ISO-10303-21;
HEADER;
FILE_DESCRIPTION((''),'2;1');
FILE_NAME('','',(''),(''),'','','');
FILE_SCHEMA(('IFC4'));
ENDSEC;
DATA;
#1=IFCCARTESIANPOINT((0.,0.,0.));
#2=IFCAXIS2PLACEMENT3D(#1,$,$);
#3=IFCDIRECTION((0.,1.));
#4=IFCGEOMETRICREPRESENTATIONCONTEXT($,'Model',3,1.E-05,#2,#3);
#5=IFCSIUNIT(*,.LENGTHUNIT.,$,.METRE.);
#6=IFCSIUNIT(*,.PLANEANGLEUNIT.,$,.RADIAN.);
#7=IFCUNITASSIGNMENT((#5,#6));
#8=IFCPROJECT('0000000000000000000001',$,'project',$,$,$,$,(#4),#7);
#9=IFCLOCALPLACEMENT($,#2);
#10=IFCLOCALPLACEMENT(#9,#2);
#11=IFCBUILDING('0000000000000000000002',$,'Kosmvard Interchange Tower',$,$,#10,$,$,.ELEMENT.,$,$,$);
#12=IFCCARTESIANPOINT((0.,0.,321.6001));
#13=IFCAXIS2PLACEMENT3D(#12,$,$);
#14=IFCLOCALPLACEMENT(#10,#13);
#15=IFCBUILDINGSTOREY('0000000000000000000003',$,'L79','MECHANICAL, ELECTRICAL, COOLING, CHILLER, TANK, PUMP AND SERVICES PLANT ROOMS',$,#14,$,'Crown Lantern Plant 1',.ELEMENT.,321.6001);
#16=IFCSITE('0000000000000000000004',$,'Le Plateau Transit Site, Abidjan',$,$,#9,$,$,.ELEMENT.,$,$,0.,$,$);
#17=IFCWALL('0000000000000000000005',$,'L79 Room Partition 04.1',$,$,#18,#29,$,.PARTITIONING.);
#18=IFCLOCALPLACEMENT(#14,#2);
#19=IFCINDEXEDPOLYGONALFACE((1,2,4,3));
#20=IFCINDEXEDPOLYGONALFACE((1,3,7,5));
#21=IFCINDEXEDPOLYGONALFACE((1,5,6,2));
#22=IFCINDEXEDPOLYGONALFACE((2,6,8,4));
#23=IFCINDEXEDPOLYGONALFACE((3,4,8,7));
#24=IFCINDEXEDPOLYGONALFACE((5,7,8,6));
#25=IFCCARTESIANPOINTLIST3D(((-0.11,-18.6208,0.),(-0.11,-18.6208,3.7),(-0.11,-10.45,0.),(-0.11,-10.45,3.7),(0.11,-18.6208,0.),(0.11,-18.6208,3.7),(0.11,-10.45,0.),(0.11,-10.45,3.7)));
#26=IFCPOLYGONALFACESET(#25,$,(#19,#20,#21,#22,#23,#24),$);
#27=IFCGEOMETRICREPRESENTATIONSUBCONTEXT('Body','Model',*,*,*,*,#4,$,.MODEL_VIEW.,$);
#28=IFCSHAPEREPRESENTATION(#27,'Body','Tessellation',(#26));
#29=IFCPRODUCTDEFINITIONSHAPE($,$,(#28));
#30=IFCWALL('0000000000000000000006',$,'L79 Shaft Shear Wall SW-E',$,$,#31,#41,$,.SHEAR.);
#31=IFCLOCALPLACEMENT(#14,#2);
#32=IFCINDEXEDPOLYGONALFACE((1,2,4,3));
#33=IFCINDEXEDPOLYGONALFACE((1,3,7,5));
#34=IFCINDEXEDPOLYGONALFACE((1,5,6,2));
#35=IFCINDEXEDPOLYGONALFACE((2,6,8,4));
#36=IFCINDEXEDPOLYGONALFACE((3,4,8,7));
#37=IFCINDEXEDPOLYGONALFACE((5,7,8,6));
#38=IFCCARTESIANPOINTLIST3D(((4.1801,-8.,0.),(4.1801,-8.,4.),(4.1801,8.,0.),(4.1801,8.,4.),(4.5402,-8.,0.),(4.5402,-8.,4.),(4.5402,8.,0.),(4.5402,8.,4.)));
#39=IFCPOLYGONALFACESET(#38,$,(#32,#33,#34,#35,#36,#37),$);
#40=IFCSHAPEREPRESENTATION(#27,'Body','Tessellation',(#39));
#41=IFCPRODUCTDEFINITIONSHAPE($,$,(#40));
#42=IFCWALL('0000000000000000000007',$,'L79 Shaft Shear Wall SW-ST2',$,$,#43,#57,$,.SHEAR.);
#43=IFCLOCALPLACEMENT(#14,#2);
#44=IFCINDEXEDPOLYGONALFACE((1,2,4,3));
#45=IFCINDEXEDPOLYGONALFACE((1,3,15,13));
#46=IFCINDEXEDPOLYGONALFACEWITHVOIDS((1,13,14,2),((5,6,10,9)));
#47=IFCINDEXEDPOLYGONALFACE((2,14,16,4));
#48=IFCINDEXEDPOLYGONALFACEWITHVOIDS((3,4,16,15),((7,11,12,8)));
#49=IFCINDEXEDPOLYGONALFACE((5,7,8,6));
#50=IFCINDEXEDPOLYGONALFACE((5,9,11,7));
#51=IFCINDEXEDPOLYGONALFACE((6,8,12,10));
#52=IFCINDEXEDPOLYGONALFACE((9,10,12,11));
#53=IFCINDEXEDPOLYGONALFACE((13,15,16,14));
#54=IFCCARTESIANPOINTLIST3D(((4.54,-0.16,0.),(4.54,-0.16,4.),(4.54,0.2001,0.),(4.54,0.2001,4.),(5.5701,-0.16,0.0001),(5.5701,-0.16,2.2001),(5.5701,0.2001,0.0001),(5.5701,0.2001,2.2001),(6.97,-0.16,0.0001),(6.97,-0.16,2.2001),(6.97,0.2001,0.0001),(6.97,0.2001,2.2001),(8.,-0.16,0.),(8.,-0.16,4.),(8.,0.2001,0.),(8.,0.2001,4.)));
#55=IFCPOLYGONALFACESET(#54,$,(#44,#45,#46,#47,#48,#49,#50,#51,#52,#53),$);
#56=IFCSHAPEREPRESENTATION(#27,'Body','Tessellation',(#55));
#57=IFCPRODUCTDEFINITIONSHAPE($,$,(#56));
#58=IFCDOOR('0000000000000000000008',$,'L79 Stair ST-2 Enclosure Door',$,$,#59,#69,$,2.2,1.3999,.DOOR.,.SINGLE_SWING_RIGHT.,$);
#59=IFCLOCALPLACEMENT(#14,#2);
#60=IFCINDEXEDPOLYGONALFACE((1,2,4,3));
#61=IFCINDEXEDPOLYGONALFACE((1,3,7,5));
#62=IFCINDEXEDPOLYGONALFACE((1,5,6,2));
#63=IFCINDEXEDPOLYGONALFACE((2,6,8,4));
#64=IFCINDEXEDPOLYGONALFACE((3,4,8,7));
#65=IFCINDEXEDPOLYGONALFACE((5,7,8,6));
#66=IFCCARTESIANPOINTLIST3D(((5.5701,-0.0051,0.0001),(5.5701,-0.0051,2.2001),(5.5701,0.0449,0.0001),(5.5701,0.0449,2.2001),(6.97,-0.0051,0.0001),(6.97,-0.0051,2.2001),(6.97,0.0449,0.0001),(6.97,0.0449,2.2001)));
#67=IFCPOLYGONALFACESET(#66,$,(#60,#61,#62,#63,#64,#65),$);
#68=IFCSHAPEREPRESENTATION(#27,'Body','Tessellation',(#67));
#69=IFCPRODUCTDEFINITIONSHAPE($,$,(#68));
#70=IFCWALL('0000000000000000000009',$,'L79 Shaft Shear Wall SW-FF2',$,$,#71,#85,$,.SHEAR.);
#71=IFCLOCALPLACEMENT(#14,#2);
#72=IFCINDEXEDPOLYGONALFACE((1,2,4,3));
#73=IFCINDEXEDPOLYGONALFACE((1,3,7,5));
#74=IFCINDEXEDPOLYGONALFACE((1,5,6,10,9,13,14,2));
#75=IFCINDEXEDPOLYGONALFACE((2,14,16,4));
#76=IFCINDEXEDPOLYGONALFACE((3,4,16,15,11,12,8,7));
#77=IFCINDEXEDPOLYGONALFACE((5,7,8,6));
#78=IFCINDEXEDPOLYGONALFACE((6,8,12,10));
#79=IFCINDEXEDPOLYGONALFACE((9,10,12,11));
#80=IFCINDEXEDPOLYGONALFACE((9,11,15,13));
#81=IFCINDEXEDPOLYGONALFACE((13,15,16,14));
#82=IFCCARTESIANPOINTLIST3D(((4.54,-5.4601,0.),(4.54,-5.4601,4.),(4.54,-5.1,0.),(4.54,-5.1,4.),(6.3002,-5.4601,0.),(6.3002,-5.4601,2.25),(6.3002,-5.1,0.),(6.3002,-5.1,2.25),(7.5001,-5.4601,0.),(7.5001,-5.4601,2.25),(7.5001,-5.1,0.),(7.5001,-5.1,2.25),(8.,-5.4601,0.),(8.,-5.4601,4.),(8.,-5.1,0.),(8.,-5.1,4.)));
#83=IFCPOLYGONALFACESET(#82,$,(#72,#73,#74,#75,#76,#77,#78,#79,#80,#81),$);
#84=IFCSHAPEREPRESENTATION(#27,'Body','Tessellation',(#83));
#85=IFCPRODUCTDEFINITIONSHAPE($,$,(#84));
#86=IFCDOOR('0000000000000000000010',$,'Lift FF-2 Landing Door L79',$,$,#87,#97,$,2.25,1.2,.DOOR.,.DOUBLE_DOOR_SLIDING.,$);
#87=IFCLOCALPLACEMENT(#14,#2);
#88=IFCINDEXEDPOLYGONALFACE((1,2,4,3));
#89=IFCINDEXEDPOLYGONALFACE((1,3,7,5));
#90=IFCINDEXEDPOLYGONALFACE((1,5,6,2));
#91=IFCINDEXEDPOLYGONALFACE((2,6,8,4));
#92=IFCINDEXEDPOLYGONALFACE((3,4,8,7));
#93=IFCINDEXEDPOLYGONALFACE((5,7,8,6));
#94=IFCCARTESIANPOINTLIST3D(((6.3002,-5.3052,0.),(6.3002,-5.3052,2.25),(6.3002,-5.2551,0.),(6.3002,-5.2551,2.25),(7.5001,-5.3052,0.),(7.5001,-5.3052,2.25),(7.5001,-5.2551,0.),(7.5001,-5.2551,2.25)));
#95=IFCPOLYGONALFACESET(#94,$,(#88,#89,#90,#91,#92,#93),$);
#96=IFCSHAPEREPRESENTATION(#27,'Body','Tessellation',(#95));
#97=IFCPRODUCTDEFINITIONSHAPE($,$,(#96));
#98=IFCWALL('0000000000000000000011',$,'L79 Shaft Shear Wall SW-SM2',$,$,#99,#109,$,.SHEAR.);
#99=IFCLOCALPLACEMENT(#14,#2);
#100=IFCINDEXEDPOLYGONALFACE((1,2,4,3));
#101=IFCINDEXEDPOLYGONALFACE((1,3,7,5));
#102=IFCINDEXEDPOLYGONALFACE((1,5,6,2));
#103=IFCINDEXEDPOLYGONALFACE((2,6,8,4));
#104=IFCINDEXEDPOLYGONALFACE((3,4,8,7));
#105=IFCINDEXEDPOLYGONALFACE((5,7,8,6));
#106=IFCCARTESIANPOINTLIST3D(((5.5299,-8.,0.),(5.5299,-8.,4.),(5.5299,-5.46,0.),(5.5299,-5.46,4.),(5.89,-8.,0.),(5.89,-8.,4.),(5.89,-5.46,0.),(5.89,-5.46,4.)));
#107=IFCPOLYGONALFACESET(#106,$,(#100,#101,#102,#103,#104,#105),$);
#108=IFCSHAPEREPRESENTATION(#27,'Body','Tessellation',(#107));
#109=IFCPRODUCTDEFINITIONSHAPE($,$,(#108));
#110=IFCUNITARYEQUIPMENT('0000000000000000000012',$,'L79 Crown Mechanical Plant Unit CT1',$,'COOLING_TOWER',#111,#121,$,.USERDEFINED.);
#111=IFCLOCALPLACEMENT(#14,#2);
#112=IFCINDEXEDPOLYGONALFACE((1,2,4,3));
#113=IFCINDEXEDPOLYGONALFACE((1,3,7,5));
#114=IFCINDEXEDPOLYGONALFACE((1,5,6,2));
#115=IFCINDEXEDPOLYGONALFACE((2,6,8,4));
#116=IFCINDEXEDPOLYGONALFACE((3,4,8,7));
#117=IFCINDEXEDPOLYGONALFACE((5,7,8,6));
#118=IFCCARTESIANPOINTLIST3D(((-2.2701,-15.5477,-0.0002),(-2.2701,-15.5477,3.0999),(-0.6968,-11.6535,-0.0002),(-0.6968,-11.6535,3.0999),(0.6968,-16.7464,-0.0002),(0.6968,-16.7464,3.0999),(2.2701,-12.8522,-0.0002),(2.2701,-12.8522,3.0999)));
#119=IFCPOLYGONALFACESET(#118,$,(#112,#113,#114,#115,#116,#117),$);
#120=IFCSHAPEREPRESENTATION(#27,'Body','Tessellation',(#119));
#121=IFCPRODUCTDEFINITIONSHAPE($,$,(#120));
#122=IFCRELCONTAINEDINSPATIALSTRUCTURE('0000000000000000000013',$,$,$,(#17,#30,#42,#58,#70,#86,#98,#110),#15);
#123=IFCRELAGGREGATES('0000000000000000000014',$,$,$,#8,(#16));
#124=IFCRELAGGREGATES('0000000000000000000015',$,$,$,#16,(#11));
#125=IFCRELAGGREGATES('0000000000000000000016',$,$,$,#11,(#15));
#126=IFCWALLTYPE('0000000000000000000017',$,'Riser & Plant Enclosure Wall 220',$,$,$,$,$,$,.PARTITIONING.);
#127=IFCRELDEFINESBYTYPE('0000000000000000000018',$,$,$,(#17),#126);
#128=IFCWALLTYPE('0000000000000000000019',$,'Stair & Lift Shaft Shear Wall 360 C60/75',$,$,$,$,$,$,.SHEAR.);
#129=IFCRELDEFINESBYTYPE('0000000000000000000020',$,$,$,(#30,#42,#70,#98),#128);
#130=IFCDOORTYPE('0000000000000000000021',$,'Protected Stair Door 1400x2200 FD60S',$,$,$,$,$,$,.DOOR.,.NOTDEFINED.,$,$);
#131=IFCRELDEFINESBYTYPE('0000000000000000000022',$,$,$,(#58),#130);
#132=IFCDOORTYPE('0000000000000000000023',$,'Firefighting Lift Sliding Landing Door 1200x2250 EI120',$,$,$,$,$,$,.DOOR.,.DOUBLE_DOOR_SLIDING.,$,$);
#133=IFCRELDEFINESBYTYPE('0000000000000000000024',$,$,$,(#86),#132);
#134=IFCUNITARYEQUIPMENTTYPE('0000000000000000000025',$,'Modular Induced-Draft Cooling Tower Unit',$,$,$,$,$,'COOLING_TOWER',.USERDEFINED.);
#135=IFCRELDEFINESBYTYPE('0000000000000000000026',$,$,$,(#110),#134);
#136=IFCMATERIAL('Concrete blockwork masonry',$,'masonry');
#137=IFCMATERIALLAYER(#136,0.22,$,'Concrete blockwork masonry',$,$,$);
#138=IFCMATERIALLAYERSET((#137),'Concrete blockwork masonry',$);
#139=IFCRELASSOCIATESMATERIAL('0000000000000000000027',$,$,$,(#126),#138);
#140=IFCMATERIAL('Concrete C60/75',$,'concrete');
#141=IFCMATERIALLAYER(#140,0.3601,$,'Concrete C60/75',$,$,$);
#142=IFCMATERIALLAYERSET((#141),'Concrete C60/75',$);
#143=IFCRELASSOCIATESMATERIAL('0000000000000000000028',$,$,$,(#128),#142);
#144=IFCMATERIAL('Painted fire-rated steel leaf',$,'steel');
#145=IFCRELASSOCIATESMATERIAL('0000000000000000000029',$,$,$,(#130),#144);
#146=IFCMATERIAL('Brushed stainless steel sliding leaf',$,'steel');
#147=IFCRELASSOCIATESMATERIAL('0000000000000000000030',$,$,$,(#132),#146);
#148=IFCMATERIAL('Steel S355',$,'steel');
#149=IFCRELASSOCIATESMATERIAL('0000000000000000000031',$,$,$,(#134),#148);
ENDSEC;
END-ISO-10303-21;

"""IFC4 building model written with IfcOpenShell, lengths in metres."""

from ifc_helpers import new_model, si_unit, direction, frame, frame_2d, origin, origin_2d, place, context, subcontext, project, spatial, rectangle, extrude, source, transform, mapped, material, layer, layer_set, type_object, element, fill, save


model = new_model("IFC4")

# Units and contexts
model_context = context("Model", 3, precision=1e-05, world=origin(), true_north=direction((0.0, 1.0)))
body_context = subcontext(model_context, "Body", "Model", "MODEL_VIEW")
ifc_project = project(units=[si_unit("LENGTHUNIT", "METRE"), si_unit("PLANEANGLEUNIT", "RADIAN")], contexts=[model_context])

# Site, building, storey
site_placement = place(None, origin())
site = spatial("IfcSite", under=ifc_project, at=site_placement, Name="Le Plateau Transit Site, Abidjan", CompositionType="ELEMENT", RefElevation=0.0)
building_placement = place(site_placement, origin())
building = spatial("IfcBuilding", under=site, at=building_placement, Name="Kosmvard Interchange Tower", CompositionType="ELEMENT")
storey_placement = place(building_placement, frame((0.0, 0.0, 321.6001)))
storey = spatial("IfcBuildingStorey", under=building, at=storey_placement, Name="L79", Description="MECHANICAL, ELECTRICAL, COOLING, CHILLER, TANK, PUMP AND SERVICES PLANT ROOMS", LongName="Crown Lantern Plant 1", CompositionType="ELEMENT", Elevation=321.6001)

# Shared definitions
ifc_material_1 = material(Name="Steel S355", Category="steel")
ifc_material_2 = material(Name="Concrete C60/75", Category="concrete")

# Shared definitions
ifc_material_3 = material(Name="Painted fire-rated steel leaf", Category="steel")

# Shared definitions
ifc_material_4 = material(Name="Concrete blockwork masonry", Category="masonry")

# Walls
ifc_layer_1 = layer(ifc_material_4, 0.22, Name="Concrete blockwork masonry")
ifc_layer_set_1 = layer_set([ifc_layer_1], Name="Concrete blockwork masonry")
wall_type_1 = type_object("IfcWallType", Name="Riser & Plant Enclosure Wall 220", PredefinedType="PARTITIONING", material=ifc_layer_set_1)
wall_1_placement = place(storey_placement, frame((0.0, -10.45, 0.0), z_axis=(0.0, 0.0, 1.0), x_axis=(0.0, -1.0, 0.0)))
element("IfcWall", 1, at=wall_1_placement, inside=storey, type_object=wall_type_1, Name="L79 Room Partition 04.1", PredefinedType="PARTITIONING", context=body_context, shape_type="SweptSolid", body=[
    extrude(rectangle(XDim=8.1709, YDim=0.22, at=frame_2d((4.0854, 0.0))), origin(), (0.0, 0.0, 1.0), 3.7),
])
ifc_layer_2 = layer(ifc_material_2, 0.3601, Name="Concrete C60/75")
ifc_layer_set_2 = layer_set([ifc_layer_2], Name="Concrete C60/75")
wall_type_2 = type_object("IfcWallType", Name="Stair & Lift Shaft Shear Wall 360 C60/75", PredefinedType="SHEAR", material=ifc_layer_set_2)
wall_2_placement = place(storey_placement, frame((4.3601, -8.0, 0.0), z_axis=(0.0, 0.0, 1.0), x_axis=(0.0, 1.0, 0.0)))
element("IfcWall", 2, at=wall_2_placement, inside=storey, type_object=wall_type_2, Name="L79 Shaft Shear Wall SW-E", PredefinedType="SHEAR", context=body_context, shape_type="SweptSolid", body=[
    extrude(rectangle(XDim=16.0, YDim=0.3601, at=frame_2d((8.0, 0.0))), origin(), (0.0, 0.0, 1.0), 4.0),
])

# Walls, openings, doors
wall_3_placement = place(storey_placement, frame((4.54, 0.02, 0.0), z_axis=(0.0, 0.0, 1.0), x_axis=(1.0, 0.0, 0.0)))
wall_3 = element("IfcWall", 3, at=wall_3_placement, inside=storey, type_object=wall_type_2, Name="L79 Shaft Shear Wall SW-ST2", PredefinedType="SHEAR", context=body_context, shape_type="SweptSolid", body=[
    extrude(rectangle(XDim=3.46, YDim=0.3601, at=frame_2d((1.73, 0.0))), origin(), (0.0, 0.0, 1.0), 4.0),
])
opening_1_placement = place(wall_3_placement, frame((1.03, 0.0, 0.0)))
opening_1 = element("IfcOpeningElement", 4, at=opening_1_placement, cuts=wall_3, PredefinedType="OPENING", context=body_context, shape_type="SweptSolid", body=[
    extrude(rectangle(XDim=1.3999, YDim=2.2, at=frame_2d((0.7, 1.1001))), frame((0.0, 0.1899, 0.0), z_axis=(0.0, -1.0, 0.0), x_axis=(1.0, 0.0, 0.0)), (0.0, 0.0, 1.0), 0.3801),
])
door_type_1 = type_object("IfcDoorType", Name="Protected Stair Door 1400x2200 FD60S", OperationType="NOTDEFINED", PredefinedType="DOOR", material=ifc_material_3)
shared_shape_1 = source(origin(), body_context, "Body", "SweptSolid", [
    extrude(rectangle(XDim=1.3999, YDim=2.2, at=frame_2d((0.7, 1.1001))), frame((0.0, 0.0249, 0.0), z_axis=(0.0, -1.0, 0.0), x_axis=(1.0, 0.0, 0.0)), (0.0, 0.0, 1.0), 0.05),
])
door_1_placement = place(opening_1_placement, origin())
door_1 = element("IfcDoor", 5, at=door_1_placement, inside=storey, type_object=door_type_1, Name="L79 Stair ST-2 Enclosure Door", OperationType="SINGLE_SWING_RIGHT", OverallHeight=2.2, OverallWidth=1.3999, PredefinedType="DOOR", context=body_context, shape_type="MappedRepresentation", body=[
    mapped(shared_shape_1, transform((0.0, 0.0, 0.0), scale=1.0)),
])
fill(opening_1, door_1)
wall_4_placement = place(storey_placement, frame((4.54, -5.28, 0.0), z_axis=(0.0, 0.0, 1.0), x_axis=(1.0, 0.0, 0.0)))
wall_4 = element("IfcWall", 6, at=wall_4_placement, inside=storey, type_object=wall_type_2, Name="L79 Shaft Shear Wall SW-FF2", PredefinedType="SHEAR", context=body_context, shape_type="SweptSolid", body=[
    extrude(rectangle(XDim=3.46, YDim=0.3601, at=frame_2d((1.73, 0.0))), origin(), (0.0, 0.0, 1.0), 4.0),
])
opening_2_placement = place(wall_4_placement, frame((1.76, 0.0, 0.0)))
opening_2 = element("IfcOpeningElement", 7, at=opening_2_placement, cuts=wall_4, PredefinedType="OPENING", context=body_context, shape_type="SweptSolid", body=[
    extrude(rectangle(XDim=1.2, YDim=2.25, at=frame_2d((0.6001, 1.125))), frame((0.0, 0.1899, 0.0), z_axis=(0.0, -1.0, 0.0), x_axis=(1.0, 0.0, 0.0)), (0.0, 0.0, 1.0), 0.3801),
])
ifc_material_5 = material(Name="Brushed stainless steel sliding leaf", Category="steel")
door_type_2 = type_object("IfcDoorType", Name="Firefighting Lift Sliding Landing Door 1200x2250 EI120", OperationType="DOUBLE_DOOR_SLIDING", PredefinedType="DOOR", material=ifc_material_5)
shared_shape_2 = source(origin(), body_context, "Body", "SweptSolid", [
    extrude(rectangle(XDim=1.2, YDim=2.25, at=frame_2d((0.6001, 1.125))), frame((0.0, 0.0249, 0.0), z_axis=(0.0, -1.0, 0.0), x_axis=(1.0, 0.0, 0.0)), (0.0, 0.0, 1.0), 0.05),
])
door_2_placement = place(opening_2_placement, origin())
door_2 = element("IfcDoor", 8, at=door_2_placement, inside=storey, type_object=door_type_2, Name="Lift FF-2 Landing Door L79", OperationType="DOUBLE_DOOR_SLIDING", OverallHeight=2.25, OverallWidth=1.2, PredefinedType="DOOR", context=body_context, shape_type="MappedRepresentation", body=[
    mapped(shared_shape_2, transform((0.0, 0.0, 0.0), scale=1.0)),
])
fill(opening_2, door_2)

# Wall
wall_5_placement = place(storey_placement, frame((5.71, -8.0, 0.0), z_axis=(0.0, 0.0, 1.0), x_axis=(0.0, 1.0, 0.0)))
element("IfcWall", 9, at=wall_5_placement, inside=storey, type_object=wall_type_2, Name="L79 Shaft Shear Wall SW-SM2", PredefinedType="SHEAR", context=body_context, shape_type="SweptSolid", body=[
    extrude(rectangle(XDim=2.54, YDim=0.3601, at=frame_2d((1.27, 0.0))), origin(), (0.0, 0.0, 1.0), 4.0),
])

# Unitary equipment
unitary_equipment_type = type_object("IfcUnitaryEquipmentType", Name="Modular Induced-Draft Cooling Tower Unit", ElementType="COOLING_TOWER", PredefinedType="USERDEFINED", material=ifc_material_1)
shared_shape_3 = source(origin(), body_context, "Body", "SweptSolid", [
    extrude(rectangle(XDim=4.2, YDim=3.2, at=origin_2d()), origin(), (0.0, 0.0, 1.0), 3.1001),
])
unitary_equipment_placement = place(storey_placement, frame((0.0, -14.2, -0.0002), z_axis=(0.0, 0.0, 1.0), x_axis=(0.374607, 0.927184, 0.0)))
element("IfcUnitaryEquipment", 10, at=unitary_equipment_placement, inside=storey, type_object=unitary_equipment_type, Name="L79 Crown Mechanical Plant Unit CT1", ObjectType="COOLING_TOWER", PredefinedType="USERDEFINED", context=body_context, shape_type="MappedRepresentation", body=[
    mapped(shared_shape_3, transform((0.0, 0.0, 0.0), scale=1.0)),
])

save(model, "model.ifc")
